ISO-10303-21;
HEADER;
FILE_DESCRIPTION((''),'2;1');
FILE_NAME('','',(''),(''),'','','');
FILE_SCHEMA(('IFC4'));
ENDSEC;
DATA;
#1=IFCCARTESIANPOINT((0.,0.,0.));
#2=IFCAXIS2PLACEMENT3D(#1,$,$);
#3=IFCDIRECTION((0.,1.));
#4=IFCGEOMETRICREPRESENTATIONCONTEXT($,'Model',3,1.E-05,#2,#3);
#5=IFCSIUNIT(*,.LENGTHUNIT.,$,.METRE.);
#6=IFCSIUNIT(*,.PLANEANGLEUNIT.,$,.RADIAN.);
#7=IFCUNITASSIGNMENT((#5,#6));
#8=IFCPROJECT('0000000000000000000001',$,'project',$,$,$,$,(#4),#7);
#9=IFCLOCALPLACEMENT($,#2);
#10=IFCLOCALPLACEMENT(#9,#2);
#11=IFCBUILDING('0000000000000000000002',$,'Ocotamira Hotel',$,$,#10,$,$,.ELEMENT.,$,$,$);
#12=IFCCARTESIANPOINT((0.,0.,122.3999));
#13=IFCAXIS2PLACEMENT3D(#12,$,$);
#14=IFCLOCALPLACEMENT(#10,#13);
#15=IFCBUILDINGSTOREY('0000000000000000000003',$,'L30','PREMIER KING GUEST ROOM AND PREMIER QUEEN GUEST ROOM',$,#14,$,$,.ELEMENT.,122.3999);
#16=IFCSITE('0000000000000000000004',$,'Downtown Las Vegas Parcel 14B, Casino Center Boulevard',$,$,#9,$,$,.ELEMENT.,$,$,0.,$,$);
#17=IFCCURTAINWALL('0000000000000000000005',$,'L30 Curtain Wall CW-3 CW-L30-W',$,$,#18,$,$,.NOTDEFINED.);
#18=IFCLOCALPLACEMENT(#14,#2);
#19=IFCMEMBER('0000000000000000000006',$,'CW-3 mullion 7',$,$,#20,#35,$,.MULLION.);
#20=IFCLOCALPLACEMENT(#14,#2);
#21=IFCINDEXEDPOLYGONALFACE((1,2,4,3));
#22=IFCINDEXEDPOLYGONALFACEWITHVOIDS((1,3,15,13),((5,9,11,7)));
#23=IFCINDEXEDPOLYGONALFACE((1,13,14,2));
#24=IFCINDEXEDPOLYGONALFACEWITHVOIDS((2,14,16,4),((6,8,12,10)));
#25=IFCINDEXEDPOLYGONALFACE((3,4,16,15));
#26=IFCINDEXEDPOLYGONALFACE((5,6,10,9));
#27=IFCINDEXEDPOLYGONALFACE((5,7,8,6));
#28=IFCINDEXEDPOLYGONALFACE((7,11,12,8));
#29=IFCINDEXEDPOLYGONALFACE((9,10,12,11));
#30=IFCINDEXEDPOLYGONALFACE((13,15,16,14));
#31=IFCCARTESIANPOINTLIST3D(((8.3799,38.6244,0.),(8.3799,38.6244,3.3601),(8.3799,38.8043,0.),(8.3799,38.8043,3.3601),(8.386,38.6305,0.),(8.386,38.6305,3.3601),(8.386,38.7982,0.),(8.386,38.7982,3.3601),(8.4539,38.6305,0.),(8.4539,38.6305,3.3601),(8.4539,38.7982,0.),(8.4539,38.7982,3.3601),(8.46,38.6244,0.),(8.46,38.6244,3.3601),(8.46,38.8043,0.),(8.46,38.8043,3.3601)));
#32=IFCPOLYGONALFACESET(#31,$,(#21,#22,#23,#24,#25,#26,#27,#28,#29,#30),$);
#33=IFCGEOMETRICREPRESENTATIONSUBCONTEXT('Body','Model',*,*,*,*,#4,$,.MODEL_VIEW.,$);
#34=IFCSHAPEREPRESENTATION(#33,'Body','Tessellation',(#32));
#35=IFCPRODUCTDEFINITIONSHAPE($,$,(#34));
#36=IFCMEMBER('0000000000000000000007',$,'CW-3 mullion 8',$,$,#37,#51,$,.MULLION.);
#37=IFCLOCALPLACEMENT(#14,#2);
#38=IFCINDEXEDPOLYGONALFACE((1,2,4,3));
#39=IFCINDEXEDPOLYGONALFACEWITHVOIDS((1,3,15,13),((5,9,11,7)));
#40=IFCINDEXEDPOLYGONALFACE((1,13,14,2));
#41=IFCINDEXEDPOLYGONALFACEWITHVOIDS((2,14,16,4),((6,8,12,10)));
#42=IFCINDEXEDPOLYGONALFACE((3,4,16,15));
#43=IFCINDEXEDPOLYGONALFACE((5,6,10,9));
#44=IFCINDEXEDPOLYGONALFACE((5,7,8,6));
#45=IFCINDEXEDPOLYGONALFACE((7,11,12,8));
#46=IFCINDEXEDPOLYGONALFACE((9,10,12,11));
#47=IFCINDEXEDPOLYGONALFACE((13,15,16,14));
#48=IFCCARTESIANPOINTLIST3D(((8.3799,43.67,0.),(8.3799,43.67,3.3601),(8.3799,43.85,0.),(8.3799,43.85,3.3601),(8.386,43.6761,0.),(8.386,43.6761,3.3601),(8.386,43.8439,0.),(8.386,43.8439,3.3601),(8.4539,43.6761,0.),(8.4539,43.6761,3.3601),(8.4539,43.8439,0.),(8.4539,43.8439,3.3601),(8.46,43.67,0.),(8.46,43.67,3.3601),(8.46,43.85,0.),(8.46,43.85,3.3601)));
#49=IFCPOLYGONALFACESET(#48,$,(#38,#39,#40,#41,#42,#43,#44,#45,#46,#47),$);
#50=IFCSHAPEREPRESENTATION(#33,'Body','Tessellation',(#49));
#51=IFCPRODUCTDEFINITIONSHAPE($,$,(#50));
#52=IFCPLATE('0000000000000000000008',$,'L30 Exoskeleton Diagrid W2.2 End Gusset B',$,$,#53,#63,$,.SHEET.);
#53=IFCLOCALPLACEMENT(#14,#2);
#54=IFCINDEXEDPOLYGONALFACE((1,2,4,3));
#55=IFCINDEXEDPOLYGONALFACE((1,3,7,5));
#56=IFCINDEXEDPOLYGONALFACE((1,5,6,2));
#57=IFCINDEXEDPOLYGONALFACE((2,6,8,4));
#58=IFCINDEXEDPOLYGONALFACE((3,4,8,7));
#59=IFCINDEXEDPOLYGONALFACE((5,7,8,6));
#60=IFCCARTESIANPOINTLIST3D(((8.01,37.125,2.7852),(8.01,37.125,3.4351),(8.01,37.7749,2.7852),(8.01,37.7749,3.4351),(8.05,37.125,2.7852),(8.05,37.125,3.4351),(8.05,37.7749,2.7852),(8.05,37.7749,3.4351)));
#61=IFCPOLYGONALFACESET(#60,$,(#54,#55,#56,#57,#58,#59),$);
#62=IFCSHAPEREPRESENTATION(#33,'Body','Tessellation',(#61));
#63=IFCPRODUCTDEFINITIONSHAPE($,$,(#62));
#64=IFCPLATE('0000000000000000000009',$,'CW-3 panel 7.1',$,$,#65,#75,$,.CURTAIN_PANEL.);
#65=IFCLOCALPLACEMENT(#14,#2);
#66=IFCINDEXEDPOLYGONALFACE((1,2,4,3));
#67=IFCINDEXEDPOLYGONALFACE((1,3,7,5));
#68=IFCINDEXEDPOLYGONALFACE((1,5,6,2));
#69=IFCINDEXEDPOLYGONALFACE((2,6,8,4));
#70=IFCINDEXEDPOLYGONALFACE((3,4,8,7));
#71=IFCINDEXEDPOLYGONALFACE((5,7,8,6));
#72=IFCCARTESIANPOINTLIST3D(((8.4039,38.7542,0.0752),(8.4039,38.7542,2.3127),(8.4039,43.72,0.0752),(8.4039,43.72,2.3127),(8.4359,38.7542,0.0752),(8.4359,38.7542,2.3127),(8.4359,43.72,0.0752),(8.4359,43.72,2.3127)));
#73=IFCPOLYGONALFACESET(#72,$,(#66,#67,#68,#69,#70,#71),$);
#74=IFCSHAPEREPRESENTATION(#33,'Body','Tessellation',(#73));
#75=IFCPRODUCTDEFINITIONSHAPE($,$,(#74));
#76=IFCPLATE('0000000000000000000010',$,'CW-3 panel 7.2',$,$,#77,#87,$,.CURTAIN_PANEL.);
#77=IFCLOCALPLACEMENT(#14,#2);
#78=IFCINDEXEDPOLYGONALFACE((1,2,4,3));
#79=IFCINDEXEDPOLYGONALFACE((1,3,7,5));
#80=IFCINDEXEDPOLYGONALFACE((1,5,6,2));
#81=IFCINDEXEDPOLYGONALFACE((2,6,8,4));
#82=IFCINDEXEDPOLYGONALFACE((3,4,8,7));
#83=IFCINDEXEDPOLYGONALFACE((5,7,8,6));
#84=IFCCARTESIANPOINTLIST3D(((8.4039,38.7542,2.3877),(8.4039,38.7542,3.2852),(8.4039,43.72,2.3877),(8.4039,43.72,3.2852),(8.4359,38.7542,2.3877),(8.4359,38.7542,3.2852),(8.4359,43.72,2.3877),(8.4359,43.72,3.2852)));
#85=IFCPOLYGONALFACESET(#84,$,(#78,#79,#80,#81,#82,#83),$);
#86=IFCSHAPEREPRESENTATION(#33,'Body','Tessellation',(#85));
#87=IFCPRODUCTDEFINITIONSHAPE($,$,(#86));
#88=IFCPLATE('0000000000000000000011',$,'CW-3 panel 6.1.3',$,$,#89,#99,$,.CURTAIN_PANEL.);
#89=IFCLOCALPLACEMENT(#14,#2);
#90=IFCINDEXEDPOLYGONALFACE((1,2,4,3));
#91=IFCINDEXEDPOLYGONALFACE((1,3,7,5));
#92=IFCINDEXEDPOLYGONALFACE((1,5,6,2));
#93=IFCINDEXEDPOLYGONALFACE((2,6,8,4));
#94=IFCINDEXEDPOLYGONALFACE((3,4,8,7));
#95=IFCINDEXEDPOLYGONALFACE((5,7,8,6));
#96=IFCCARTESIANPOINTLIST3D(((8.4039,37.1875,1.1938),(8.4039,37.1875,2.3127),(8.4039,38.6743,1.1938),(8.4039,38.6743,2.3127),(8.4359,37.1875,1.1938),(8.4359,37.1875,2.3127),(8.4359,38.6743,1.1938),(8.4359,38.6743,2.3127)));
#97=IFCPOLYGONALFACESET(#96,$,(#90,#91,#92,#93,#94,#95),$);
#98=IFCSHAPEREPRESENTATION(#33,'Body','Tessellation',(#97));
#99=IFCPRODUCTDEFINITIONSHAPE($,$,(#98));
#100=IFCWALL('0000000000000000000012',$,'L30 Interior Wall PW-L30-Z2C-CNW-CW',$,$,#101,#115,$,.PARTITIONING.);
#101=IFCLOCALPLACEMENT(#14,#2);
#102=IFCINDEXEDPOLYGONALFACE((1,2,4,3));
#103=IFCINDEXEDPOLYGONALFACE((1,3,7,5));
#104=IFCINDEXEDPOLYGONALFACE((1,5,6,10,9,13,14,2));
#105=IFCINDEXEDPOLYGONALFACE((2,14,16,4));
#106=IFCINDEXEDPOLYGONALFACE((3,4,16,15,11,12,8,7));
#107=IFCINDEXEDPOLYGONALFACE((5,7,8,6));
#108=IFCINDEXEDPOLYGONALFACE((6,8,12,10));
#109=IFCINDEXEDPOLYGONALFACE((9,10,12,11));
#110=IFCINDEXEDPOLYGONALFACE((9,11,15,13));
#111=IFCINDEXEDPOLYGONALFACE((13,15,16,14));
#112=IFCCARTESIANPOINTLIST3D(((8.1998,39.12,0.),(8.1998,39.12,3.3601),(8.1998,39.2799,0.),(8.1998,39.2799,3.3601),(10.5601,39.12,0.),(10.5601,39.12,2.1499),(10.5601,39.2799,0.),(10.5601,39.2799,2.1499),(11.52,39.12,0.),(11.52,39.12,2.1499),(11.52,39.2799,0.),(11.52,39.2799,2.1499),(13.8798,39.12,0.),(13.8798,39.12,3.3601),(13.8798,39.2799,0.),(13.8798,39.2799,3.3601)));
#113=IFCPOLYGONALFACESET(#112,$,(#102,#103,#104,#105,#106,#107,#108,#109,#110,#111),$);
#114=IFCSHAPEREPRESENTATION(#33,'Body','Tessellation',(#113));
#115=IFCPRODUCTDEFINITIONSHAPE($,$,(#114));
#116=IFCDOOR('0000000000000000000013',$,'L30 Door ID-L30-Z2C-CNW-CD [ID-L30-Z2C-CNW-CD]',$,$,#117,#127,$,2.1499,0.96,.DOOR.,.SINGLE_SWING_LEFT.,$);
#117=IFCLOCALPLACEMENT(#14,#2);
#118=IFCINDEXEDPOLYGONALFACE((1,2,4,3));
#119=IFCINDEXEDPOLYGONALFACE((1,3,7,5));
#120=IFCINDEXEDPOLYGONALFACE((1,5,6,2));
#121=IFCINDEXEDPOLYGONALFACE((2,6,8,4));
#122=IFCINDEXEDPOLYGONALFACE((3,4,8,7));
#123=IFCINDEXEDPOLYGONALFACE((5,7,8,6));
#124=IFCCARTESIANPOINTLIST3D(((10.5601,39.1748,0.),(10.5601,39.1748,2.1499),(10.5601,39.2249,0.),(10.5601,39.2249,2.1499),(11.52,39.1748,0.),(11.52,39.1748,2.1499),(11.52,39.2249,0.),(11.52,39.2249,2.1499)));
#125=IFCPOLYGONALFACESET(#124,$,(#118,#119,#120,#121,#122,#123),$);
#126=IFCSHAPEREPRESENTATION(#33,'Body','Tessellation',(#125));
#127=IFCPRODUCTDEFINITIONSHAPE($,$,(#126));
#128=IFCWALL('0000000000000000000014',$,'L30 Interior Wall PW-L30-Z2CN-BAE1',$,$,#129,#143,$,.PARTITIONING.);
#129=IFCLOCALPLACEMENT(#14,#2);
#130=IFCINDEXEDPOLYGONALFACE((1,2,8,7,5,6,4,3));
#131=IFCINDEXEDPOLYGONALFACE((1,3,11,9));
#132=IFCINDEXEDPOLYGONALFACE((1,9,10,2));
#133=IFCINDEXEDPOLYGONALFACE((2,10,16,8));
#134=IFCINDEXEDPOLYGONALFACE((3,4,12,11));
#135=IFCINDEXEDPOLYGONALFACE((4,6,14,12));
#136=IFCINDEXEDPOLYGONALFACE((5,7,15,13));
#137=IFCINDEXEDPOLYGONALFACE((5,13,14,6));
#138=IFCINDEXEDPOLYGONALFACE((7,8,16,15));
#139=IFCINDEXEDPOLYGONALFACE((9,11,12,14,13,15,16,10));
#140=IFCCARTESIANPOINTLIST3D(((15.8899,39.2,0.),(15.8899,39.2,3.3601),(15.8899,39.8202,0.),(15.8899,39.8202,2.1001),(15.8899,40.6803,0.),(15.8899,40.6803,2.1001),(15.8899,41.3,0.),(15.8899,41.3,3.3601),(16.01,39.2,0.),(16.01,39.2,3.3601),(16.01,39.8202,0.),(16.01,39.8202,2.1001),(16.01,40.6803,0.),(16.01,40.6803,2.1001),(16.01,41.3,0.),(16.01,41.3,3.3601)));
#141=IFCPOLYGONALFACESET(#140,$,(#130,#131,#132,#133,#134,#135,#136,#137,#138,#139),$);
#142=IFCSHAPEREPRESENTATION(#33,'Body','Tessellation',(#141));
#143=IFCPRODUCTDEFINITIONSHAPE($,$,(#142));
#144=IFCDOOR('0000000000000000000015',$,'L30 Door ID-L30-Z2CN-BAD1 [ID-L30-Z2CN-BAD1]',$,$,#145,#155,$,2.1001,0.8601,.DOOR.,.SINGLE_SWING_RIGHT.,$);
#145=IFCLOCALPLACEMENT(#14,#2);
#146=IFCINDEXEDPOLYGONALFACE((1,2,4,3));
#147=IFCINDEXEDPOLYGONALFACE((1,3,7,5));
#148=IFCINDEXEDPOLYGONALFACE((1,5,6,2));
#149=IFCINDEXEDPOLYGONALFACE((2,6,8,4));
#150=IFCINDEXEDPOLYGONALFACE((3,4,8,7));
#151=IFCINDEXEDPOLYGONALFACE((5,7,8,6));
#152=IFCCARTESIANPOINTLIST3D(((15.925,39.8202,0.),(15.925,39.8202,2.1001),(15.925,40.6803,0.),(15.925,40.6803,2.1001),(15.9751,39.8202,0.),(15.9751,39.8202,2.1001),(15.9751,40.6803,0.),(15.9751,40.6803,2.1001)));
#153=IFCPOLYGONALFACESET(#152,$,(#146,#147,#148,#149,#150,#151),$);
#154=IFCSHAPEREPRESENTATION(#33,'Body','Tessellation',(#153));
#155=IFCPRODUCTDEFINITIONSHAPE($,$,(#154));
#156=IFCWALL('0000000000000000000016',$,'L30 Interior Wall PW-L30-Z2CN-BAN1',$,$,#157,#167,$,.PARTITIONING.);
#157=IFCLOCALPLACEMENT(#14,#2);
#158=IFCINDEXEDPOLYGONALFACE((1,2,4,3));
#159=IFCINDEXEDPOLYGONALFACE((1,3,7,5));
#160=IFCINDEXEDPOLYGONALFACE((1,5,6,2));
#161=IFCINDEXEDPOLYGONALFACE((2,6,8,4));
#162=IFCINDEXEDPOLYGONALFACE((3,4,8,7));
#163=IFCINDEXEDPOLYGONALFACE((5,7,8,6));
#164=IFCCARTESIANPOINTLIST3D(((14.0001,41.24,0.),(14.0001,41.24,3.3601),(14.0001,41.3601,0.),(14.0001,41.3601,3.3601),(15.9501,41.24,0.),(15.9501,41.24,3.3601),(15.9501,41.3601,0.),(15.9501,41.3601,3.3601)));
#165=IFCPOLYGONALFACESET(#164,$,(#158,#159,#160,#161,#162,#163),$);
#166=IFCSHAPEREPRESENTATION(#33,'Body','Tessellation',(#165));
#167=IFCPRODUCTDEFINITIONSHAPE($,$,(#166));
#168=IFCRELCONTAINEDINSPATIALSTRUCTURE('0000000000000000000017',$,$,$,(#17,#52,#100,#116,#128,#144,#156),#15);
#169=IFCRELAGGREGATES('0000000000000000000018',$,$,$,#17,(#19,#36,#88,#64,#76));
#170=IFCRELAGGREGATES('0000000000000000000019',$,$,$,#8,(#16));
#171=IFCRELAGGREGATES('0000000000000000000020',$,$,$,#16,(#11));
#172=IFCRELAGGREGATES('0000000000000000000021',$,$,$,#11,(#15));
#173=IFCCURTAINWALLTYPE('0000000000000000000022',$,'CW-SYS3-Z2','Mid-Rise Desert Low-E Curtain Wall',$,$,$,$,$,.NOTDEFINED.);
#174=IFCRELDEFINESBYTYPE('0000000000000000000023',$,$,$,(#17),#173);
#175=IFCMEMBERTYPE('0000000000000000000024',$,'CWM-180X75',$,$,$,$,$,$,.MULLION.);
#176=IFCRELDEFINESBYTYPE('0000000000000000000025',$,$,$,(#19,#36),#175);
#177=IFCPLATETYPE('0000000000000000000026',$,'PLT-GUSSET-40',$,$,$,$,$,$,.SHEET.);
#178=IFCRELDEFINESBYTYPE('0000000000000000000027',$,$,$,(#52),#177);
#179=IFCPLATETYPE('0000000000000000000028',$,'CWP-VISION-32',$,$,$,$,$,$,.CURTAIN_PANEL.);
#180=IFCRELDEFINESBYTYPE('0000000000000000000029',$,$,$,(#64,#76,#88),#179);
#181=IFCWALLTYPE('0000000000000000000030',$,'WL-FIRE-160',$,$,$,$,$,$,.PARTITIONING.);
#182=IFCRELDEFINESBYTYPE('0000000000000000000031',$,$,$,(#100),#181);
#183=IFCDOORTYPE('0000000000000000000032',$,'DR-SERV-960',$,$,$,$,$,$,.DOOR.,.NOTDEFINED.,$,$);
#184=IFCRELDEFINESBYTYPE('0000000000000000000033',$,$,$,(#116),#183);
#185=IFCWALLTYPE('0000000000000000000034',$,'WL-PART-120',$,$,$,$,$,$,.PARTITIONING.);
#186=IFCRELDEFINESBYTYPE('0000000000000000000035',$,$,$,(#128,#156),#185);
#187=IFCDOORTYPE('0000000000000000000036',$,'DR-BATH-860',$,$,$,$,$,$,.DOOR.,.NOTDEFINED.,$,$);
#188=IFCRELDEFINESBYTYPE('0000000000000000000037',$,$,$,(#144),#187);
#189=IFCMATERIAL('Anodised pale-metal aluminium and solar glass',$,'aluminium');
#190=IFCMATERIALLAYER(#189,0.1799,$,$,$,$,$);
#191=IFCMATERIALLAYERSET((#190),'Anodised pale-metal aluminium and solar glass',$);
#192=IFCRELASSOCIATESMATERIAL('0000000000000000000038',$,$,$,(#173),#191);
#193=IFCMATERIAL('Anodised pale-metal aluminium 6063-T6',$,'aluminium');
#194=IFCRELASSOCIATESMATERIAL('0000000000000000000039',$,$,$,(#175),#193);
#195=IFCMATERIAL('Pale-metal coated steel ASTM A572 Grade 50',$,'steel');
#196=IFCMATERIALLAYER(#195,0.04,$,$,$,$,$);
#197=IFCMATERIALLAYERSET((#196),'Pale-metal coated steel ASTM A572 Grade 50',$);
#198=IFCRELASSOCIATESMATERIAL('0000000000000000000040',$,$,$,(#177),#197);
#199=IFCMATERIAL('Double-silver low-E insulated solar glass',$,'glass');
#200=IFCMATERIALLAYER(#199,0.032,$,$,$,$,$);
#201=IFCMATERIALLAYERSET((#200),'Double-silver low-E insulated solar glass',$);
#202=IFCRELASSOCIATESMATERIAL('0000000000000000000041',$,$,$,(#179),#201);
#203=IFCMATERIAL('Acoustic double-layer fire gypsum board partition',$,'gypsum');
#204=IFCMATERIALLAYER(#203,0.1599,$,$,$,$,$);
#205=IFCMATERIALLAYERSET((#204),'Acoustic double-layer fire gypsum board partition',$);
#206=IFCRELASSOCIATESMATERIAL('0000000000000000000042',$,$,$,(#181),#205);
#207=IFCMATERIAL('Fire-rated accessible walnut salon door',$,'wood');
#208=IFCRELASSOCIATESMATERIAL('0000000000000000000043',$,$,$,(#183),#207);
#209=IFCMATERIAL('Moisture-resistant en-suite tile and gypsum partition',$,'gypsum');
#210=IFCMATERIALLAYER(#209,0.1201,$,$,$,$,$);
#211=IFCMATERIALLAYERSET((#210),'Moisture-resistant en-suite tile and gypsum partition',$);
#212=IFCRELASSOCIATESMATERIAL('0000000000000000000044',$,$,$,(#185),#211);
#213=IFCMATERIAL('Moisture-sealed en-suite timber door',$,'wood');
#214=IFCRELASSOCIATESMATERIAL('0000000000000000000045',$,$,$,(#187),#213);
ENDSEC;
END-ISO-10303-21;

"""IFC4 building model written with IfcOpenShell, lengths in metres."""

from ifc_helpers import new_model, si_unit, direction, frame, frame_2d, origin, origin_2d, place, context, subcontext, project, spatial, rectangle, hollow_rectangle, extrude, source, transform, mapped, material, layer, layer_set, material_profile, profile_set, type_object, element, fill, aggregate, save


model = new_model("IFC4")

# Units and contexts
model_context = context("Model", 3, precision=1e-05, world=origin(), true_north=direction((0.0, 1.0)))
body_context = subcontext(model_context, "Body", "Model", "MODEL_VIEW")
ifc_project = project(units=[si_unit("LENGTHUNIT", "METRE"), si_unit("PLANEANGLEUNIT", "RADIAN")], contexts=[model_context])

# Site, building, storey
site_placement = place(None, origin())
site = spatial("IfcSite", under=ifc_project, at=site_placement, Name="Downtown Las Vegas Parcel 14B, Casino Center Boulevard", CompositionType="ELEMENT", RefElevation=0.0)
building_placement = place(site_placement, origin())
building = spatial("IfcBuilding", under=site, at=building_placement, Name="Ocotamira Hotel", CompositionType="ELEMENT")
storey_placement = place(building_placement, frame((0.0, 0.0, 122.3999)))
storey = spatial("IfcBuildingStorey", under=building, at=storey_placement, Name="L30", Description="PREMIER KING GUEST ROOM AND PREMIER QUEEN GUEST ROOM", CompositionType="ELEMENT", Elevation=122.3999)

# Curtain wall, members
ifc_material_1 = material(Name="Anodised pale-metal aluminium and solar glass", Category="aluminium")
ifc_layer_1 = layer(ifc_material_1, 0.1799)
ifc_layer_set_1 = layer_set([ifc_layer_1], Name="Anodised pale-metal aluminium and solar glass")
curtain_wall_type = type_object("IfcCurtainWallType", Name="CW-SYS3-Z2", Description="Mid-Rise Desert Low-E Curtain Wall", PredefinedType="NOTDEFINED", material=ifc_layer_set_1)
curtain_wall_placement = place(storey_placement, origin())
curtain_wall = element("IfcCurtainWall", 1, at=curtain_wall_placement, inside=storey, type_object=curtain_wall_type, Name="L30 Curtain Wall CW-3 CW-L30-W", PredefinedType="NOTDEFINED")
ifc_material_2 = material(Name="Anodised pale-metal aluminium 6063-T6", Category="aluminium")
ifc_material_profile_1 = material_profile(ifc_material_2, hollow_rectangle(XDim=0.0801, YDim=0.1799, WallThickness=0.0061, at=origin_2d()), Name="HSS180X80X6")
ifc_profile_set_1 = profile_set([ifc_material_profile_1], Name="Anodised pale-metal aluminium 6063-T6")
member_type_1 = type_object("IfcMemberType", Name="CWM-180X75", PredefinedType="MULLION", material=ifc_profile_set_1)
shared_shape_1 = source(origin(), body_context, "Body", "SweptSolid", [
    extrude(hollow_rectangle(XDim=0.0801, YDim=0.1799, WallThickness=0.0061, at=origin_2d()), origin(), (0.0, 0.0, 1.0), 3.3601),
])
member_1_placement = place(storey_placement, frame((8.4199, 38.7144, 0.0), z_axis=(0.0, 0.0, 1.0), x_axis=(-1.0, 0.0, 0.0)))
member_1 = element("IfcMember", 2, at=member_1_placement, type_object=member_type_1, Name="CW-3 mullion 7", PredefinedType="MULLION", context=body_context, shape_type="MappedRepresentation", body=[
    mapped(shared_shape_1, transform((0.0, 0.0, 0.0), scale=1.0)),
])
member_2_placement = place(storey_placement, frame((8.4199, 43.76, 0.0), z_axis=(0.0, 0.0, 1.0), x_axis=(-1.0, 0.0, 0.0)))
member_2 = element("IfcMember", 3, at=member_2_placement, type_object=member_type_1, Name="CW-3 mullion 8", PredefinedType="MULLION", context=body_context, shape_type="MappedRepresentation", body=[
    mapped(shared_shape_1, transform((0.0, 0.0, 0.0), scale=1.0)),
])

# Plates
ifc_material_3 = material(Name="Pale-metal coated steel ASTM A572 Grade 50", Category="steel")
ifc_layer_2 = layer(ifc_material_3, 0.04)
ifc_layer_set_2 = layer_set([ifc_layer_2], Name="Pale-metal coated steel ASTM A572 Grade 50")
plate_type_1 = type_object("IfcPlateType", Name="PLT-GUSSET-40", PredefinedType="SHEET", material=ifc_layer_set_2)
shared_shape_2 = source(origin(), body_context, "Body", "SweptSolid", [
    extrude(rectangle(XDim=0.04, YDim=0.6499, at=origin_2d()), origin(), (0.0, 0.0, 1.0), 0.6499),
])
plate_1_placement = place(storey_placement, frame((8.03, 37.45, 2.7852), z_axis=(0.0, 0.0, 1.0), x_axis=(1.0, 0.0, 0.0)))
element("IfcPlate", 4, at=plate_1_placement, inside=storey, type_object=plate_type_1, Name="L30 Exoskeleton Diagrid W2.2 End Gusset B", PredefinedType="SHEET", context=body_context, shape_type="MappedRepresentation", body=[
    mapped(shared_shape_2, transform((0.0, 0.0, 0.0), scale=1.0)),
])
ifc_material_4 = material(Name="Double-silver low-E insulated solar glass", Category="glass")
ifc_layer_3 = layer(ifc_material_4, 0.032)
ifc_layer_set_3 = layer_set([ifc_layer_3], Name="Double-silver low-E insulated solar glass")
plate_type_2 = type_object("IfcPlateType", Name="CWP-VISION-32", PredefinedType="CURTAIN_PANEL", material=ifc_layer_set_3)
shared_shape_3 = source(origin(), body_context, "Body", "SweptSolid", [
    extrude(rectangle(XDim=4.9658, YDim=0.032, at=origin_2d()), origin(), (0.0, 0.0, 1.0), 2.2375),
])
plate_2_placement = place(storey_placement, frame((8.4199, 41.2371, 0.0752), z_axis=(0.0, 0.0, 1.0), x_axis=(0.0, 1.0, 0.0)))
plate_2 = element("IfcPlate", 5, at=plate_2_placement, type_object=plate_type_2, Name="CW-3 panel 7.1", PredefinedType="CURTAIN_PANEL", context=body_context, shape_type="MappedRepresentation", body=[
    mapped(shared_shape_3, transform((0.0, 0.0, 0.0), scale=1.0)),
])
shared_shape_4 = source(origin(), body_context, "Body", "SweptSolid", [
    extrude(rectangle(XDim=4.9658, YDim=0.032, at=origin_2d()), origin(), (0.0, 0.0, 1.0), 0.8975),
])
plate_3_placement = place(storey_placement, frame((8.4199, 41.2371, 2.3877), z_axis=(0.0, 0.0, 1.0), x_axis=(0.0, 1.0, 0.0)))
plate_3 = element("IfcPlate", 6, at=plate_3_placement, type_object=plate_type_2, Name="CW-3 panel 7.2", PredefinedType="CURTAIN_PANEL", context=body_context, shape_type="MappedRepresentation", body=[
    mapped(shared_shape_4, transform((0.0, 0.0, 0.0), scale=1.0)),
])
shared_shape_5 = source(origin(), body_context, "Body", "SweptSolid", [
    extrude(rectangle(XDim=1.4868, YDim=0.032, at=origin_2d()), origin(), (0.0, 0.0, 1.0), 1.1189),
])
plate_4_placement = place(storey_placement, frame((8.4199, 37.9309, 1.1938), z_axis=(0.0, 0.0, 1.0), x_axis=(0.0, 1.0, 0.0)))
plate_4 = element("IfcPlate", 7, at=plate_4_placement, type_object=plate_type_2, Name="CW-3 panel 6.1.3", PredefinedType="CURTAIN_PANEL", context=body_context, shape_type="MappedRepresentation", body=[
    mapped(shared_shape_5, transform((0.0, 0.0, 0.0), scale=1.0)),
])
aggregate(curtain_wall, [member_1, member_2, plate_4, plate_2, plate_3])

# Wall, opening, door
ifc_material_5 = material(Name="Acoustic double-layer fire gypsum board partition", Category="gypsum")
ifc_layer_4 = layer(ifc_material_5, 0.1599)
ifc_layer_set_4 = layer_set([ifc_layer_4], Name="Acoustic double-layer fire gypsum board partition")
wall_type_1 = type_object("IfcWallType", Name="WL-FIRE-160", PredefinedType="PARTITIONING", material=ifc_layer_set_4)
wall_1_placement = place(storey_placement, frame((8.2, 39.2, 0.0), z_axis=(0.0, 0.0, 1.0), x_axis=(1.0, 0.0, 0.0)))
wall_1 = element("IfcWall", 8, at=wall_1_placement, inside=storey, type_object=wall_type_1, Name="L30 Interior Wall PW-L30-Z2C-CNW-CW", PredefinedType="PARTITIONING", context=body_context, shape_type="SweptSolid", body=[
    extrude(rectangle(XDim=5.6799, YDim=0.1599, at=frame_2d((2.8398, 0.0))), origin(), (0.0, 0.0, 1.0), 3.3601),
])
opening_1_placement = place(wall_1_placement, frame((2.3601, 0.0, 0.0)))
opening_1 = element("IfcOpeningElement", 9, at=opening_1_placement, cuts=wall_1, PredefinedType="OPENING", context=body_context, shape_type="SweptSolid", body=[
    extrude(rectangle(XDim=0.96, YDim=2.1499, at=frame_2d((0.48, 1.075))), frame((0.0, 0.0898, 0.0), z_axis=(0.0, -1.0, 0.0), x_axis=(1.0, 0.0, 0.0)), (0.0, 0.0, 1.0), 0.1799),
])
ifc_material_6 = material(Name="Fire-rated accessible walnut salon door", Category="wood")
door_type_1 = type_object("IfcDoorType", Name="DR-SERV-960", OperationType="NOTDEFINED", PredefinedType="DOOR", material=ifc_material_6)
shared_shape_6 = source(origin(), body_context, "Body", "SweptSolid", [
    extrude(rectangle(XDim=0.96, YDim=2.1499, at=frame_2d((0.48, 1.075))), frame((0.0, 0.0249, 0.0), z_axis=(0.0, -1.0, 0.0), x_axis=(1.0, 0.0, 0.0)), (0.0, 0.0, 1.0), 0.05),
])
door_1_placement = place(opening_1_placement, origin())
door_1 = element("IfcDoor", 10, at=door_1_placement, inside=storey, type_object=door_type_1, Name="L30 Door ID-L30-Z2C-CNW-CD [ID-L30-Z2C-CNW-CD]", OperationType="SINGLE_SWING_LEFT", OverallHeight=2.1499, OverallWidth=0.96, PredefinedType="DOOR", context=body_context, shape_type="MappedRepresentation", body=[
    mapped(shared_shape_6, transform((0.0, 0.0, 0.0), scale=1.0)),
])
fill(opening_1, door_1)

# Wall, opening, door
ifc_material_7 = material(Name="Moisture-resistant en-suite tile and gypsum partition", Category="gypsum")
ifc_layer_5 = layer(ifc_material_7, 0.1201)
ifc_layer_set_5 = layer_set([ifc_layer_5], Name="Moisture-resistant en-suite tile and gypsum partition")
wall_type_2 = type_object("IfcWallType", Name="WL-PART-120", PredefinedType="PARTITIONING", material=ifc_layer_set_5)
wall_2_placement = place(storey_placement, frame((15.95, 39.2, 0.0), z_axis=(0.0, 0.0, 1.0), x_axis=(0.0, 1.0, 0.0)))
wall_2 = element("IfcWall", 11, at=wall_2_placement, inside=storey, type_object=wall_type_2, Name="L30 Interior Wall PW-L30-Z2CN-BAE1", PredefinedType="PARTITIONING", context=body_context, shape_type="SweptSolid", body=[
    extrude(rectangle(XDim=2.1001, YDim=0.1201, at=frame_2d((1.05, 0.0))), origin(), (0.0, 0.0, 1.0), 3.3601),
])
opening_2_placement = place(wall_2_placement, frame((0.6201, 0.0, 0.0)))
opening_2 = element("IfcOpeningElement", 12, at=opening_2_placement, cuts=wall_2, PredefinedType="OPENING", context=body_context, shape_type="SweptSolid", body=[
    extrude(rectangle(XDim=0.8601, YDim=2.1001, at=frame_2d((0.4302, 1.05))), frame((0.0, 0.0701, 0.0), z_axis=(0.0, -1.0, 0.0), x_axis=(1.0, 0.0, 0.0)), (0.0, 0.0, 1.0), 0.1401),
])
ifc_material_8 = material(Name="Moisture-sealed en-suite timber door", Category="wood")
door_type_2 = type_object("IfcDoorType", Name="DR-BATH-860", OperationType="NOTDEFINED", PredefinedType="DOOR", material=ifc_material_8)
shared_shape_7 = source(origin(), body_context, "Body", "SweptSolid", [
    extrude(rectangle(XDim=0.8601, YDim=2.1001, at=frame_2d((0.4302, 1.05))), frame((0.0, 0.0249, 0.0), z_axis=(0.0, -1.0, 0.0), x_axis=(1.0, 0.0, 0.0)), (0.0, 0.0, 1.0), 0.05),
])
door_2_placement = place(opening_2_placement, origin())
door_2 = element("IfcDoor", 13, at=door_2_placement, inside=storey, type_object=door_type_2, Name="L30 Door ID-L30-Z2CN-BAD1 [ID-L30-Z2CN-BAD1]", OperationType="SINGLE_SWING_RIGHT", OverallHeight=2.1001, OverallWidth=0.8601, PredefinedType="DOOR", context=body_context, shape_type="MappedRepresentation", body=[
    mapped(shared_shape_7, transform((0.0, 0.0, 0.0), scale=1.0)),
])
fill(opening_2, door_2)

# Wall
wall_3_placement = place(storey_placement, frame((14.0, 41.3, 0.0), z_axis=(0.0, 0.0, 1.0), x_axis=(1.0, 0.0, 0.0)))
element("IfcWall", 14, at=wall_3_placement, inside=storey, type_object=wall_type_2, Name="L30 Interior Wall PW-L30-Z2CN-BAN1", PredefinedType="PARTITIONING", context=body_context, shape_type="SweptSolid", body=[
    extrude(rectangle(XDim=1.95, YDim=0.1201, at=frame_2d((0.9751, 0.0))), origin(), (0.0, 0.0, 1.0), 3.3601),
])

save(model, "model.ifc")
